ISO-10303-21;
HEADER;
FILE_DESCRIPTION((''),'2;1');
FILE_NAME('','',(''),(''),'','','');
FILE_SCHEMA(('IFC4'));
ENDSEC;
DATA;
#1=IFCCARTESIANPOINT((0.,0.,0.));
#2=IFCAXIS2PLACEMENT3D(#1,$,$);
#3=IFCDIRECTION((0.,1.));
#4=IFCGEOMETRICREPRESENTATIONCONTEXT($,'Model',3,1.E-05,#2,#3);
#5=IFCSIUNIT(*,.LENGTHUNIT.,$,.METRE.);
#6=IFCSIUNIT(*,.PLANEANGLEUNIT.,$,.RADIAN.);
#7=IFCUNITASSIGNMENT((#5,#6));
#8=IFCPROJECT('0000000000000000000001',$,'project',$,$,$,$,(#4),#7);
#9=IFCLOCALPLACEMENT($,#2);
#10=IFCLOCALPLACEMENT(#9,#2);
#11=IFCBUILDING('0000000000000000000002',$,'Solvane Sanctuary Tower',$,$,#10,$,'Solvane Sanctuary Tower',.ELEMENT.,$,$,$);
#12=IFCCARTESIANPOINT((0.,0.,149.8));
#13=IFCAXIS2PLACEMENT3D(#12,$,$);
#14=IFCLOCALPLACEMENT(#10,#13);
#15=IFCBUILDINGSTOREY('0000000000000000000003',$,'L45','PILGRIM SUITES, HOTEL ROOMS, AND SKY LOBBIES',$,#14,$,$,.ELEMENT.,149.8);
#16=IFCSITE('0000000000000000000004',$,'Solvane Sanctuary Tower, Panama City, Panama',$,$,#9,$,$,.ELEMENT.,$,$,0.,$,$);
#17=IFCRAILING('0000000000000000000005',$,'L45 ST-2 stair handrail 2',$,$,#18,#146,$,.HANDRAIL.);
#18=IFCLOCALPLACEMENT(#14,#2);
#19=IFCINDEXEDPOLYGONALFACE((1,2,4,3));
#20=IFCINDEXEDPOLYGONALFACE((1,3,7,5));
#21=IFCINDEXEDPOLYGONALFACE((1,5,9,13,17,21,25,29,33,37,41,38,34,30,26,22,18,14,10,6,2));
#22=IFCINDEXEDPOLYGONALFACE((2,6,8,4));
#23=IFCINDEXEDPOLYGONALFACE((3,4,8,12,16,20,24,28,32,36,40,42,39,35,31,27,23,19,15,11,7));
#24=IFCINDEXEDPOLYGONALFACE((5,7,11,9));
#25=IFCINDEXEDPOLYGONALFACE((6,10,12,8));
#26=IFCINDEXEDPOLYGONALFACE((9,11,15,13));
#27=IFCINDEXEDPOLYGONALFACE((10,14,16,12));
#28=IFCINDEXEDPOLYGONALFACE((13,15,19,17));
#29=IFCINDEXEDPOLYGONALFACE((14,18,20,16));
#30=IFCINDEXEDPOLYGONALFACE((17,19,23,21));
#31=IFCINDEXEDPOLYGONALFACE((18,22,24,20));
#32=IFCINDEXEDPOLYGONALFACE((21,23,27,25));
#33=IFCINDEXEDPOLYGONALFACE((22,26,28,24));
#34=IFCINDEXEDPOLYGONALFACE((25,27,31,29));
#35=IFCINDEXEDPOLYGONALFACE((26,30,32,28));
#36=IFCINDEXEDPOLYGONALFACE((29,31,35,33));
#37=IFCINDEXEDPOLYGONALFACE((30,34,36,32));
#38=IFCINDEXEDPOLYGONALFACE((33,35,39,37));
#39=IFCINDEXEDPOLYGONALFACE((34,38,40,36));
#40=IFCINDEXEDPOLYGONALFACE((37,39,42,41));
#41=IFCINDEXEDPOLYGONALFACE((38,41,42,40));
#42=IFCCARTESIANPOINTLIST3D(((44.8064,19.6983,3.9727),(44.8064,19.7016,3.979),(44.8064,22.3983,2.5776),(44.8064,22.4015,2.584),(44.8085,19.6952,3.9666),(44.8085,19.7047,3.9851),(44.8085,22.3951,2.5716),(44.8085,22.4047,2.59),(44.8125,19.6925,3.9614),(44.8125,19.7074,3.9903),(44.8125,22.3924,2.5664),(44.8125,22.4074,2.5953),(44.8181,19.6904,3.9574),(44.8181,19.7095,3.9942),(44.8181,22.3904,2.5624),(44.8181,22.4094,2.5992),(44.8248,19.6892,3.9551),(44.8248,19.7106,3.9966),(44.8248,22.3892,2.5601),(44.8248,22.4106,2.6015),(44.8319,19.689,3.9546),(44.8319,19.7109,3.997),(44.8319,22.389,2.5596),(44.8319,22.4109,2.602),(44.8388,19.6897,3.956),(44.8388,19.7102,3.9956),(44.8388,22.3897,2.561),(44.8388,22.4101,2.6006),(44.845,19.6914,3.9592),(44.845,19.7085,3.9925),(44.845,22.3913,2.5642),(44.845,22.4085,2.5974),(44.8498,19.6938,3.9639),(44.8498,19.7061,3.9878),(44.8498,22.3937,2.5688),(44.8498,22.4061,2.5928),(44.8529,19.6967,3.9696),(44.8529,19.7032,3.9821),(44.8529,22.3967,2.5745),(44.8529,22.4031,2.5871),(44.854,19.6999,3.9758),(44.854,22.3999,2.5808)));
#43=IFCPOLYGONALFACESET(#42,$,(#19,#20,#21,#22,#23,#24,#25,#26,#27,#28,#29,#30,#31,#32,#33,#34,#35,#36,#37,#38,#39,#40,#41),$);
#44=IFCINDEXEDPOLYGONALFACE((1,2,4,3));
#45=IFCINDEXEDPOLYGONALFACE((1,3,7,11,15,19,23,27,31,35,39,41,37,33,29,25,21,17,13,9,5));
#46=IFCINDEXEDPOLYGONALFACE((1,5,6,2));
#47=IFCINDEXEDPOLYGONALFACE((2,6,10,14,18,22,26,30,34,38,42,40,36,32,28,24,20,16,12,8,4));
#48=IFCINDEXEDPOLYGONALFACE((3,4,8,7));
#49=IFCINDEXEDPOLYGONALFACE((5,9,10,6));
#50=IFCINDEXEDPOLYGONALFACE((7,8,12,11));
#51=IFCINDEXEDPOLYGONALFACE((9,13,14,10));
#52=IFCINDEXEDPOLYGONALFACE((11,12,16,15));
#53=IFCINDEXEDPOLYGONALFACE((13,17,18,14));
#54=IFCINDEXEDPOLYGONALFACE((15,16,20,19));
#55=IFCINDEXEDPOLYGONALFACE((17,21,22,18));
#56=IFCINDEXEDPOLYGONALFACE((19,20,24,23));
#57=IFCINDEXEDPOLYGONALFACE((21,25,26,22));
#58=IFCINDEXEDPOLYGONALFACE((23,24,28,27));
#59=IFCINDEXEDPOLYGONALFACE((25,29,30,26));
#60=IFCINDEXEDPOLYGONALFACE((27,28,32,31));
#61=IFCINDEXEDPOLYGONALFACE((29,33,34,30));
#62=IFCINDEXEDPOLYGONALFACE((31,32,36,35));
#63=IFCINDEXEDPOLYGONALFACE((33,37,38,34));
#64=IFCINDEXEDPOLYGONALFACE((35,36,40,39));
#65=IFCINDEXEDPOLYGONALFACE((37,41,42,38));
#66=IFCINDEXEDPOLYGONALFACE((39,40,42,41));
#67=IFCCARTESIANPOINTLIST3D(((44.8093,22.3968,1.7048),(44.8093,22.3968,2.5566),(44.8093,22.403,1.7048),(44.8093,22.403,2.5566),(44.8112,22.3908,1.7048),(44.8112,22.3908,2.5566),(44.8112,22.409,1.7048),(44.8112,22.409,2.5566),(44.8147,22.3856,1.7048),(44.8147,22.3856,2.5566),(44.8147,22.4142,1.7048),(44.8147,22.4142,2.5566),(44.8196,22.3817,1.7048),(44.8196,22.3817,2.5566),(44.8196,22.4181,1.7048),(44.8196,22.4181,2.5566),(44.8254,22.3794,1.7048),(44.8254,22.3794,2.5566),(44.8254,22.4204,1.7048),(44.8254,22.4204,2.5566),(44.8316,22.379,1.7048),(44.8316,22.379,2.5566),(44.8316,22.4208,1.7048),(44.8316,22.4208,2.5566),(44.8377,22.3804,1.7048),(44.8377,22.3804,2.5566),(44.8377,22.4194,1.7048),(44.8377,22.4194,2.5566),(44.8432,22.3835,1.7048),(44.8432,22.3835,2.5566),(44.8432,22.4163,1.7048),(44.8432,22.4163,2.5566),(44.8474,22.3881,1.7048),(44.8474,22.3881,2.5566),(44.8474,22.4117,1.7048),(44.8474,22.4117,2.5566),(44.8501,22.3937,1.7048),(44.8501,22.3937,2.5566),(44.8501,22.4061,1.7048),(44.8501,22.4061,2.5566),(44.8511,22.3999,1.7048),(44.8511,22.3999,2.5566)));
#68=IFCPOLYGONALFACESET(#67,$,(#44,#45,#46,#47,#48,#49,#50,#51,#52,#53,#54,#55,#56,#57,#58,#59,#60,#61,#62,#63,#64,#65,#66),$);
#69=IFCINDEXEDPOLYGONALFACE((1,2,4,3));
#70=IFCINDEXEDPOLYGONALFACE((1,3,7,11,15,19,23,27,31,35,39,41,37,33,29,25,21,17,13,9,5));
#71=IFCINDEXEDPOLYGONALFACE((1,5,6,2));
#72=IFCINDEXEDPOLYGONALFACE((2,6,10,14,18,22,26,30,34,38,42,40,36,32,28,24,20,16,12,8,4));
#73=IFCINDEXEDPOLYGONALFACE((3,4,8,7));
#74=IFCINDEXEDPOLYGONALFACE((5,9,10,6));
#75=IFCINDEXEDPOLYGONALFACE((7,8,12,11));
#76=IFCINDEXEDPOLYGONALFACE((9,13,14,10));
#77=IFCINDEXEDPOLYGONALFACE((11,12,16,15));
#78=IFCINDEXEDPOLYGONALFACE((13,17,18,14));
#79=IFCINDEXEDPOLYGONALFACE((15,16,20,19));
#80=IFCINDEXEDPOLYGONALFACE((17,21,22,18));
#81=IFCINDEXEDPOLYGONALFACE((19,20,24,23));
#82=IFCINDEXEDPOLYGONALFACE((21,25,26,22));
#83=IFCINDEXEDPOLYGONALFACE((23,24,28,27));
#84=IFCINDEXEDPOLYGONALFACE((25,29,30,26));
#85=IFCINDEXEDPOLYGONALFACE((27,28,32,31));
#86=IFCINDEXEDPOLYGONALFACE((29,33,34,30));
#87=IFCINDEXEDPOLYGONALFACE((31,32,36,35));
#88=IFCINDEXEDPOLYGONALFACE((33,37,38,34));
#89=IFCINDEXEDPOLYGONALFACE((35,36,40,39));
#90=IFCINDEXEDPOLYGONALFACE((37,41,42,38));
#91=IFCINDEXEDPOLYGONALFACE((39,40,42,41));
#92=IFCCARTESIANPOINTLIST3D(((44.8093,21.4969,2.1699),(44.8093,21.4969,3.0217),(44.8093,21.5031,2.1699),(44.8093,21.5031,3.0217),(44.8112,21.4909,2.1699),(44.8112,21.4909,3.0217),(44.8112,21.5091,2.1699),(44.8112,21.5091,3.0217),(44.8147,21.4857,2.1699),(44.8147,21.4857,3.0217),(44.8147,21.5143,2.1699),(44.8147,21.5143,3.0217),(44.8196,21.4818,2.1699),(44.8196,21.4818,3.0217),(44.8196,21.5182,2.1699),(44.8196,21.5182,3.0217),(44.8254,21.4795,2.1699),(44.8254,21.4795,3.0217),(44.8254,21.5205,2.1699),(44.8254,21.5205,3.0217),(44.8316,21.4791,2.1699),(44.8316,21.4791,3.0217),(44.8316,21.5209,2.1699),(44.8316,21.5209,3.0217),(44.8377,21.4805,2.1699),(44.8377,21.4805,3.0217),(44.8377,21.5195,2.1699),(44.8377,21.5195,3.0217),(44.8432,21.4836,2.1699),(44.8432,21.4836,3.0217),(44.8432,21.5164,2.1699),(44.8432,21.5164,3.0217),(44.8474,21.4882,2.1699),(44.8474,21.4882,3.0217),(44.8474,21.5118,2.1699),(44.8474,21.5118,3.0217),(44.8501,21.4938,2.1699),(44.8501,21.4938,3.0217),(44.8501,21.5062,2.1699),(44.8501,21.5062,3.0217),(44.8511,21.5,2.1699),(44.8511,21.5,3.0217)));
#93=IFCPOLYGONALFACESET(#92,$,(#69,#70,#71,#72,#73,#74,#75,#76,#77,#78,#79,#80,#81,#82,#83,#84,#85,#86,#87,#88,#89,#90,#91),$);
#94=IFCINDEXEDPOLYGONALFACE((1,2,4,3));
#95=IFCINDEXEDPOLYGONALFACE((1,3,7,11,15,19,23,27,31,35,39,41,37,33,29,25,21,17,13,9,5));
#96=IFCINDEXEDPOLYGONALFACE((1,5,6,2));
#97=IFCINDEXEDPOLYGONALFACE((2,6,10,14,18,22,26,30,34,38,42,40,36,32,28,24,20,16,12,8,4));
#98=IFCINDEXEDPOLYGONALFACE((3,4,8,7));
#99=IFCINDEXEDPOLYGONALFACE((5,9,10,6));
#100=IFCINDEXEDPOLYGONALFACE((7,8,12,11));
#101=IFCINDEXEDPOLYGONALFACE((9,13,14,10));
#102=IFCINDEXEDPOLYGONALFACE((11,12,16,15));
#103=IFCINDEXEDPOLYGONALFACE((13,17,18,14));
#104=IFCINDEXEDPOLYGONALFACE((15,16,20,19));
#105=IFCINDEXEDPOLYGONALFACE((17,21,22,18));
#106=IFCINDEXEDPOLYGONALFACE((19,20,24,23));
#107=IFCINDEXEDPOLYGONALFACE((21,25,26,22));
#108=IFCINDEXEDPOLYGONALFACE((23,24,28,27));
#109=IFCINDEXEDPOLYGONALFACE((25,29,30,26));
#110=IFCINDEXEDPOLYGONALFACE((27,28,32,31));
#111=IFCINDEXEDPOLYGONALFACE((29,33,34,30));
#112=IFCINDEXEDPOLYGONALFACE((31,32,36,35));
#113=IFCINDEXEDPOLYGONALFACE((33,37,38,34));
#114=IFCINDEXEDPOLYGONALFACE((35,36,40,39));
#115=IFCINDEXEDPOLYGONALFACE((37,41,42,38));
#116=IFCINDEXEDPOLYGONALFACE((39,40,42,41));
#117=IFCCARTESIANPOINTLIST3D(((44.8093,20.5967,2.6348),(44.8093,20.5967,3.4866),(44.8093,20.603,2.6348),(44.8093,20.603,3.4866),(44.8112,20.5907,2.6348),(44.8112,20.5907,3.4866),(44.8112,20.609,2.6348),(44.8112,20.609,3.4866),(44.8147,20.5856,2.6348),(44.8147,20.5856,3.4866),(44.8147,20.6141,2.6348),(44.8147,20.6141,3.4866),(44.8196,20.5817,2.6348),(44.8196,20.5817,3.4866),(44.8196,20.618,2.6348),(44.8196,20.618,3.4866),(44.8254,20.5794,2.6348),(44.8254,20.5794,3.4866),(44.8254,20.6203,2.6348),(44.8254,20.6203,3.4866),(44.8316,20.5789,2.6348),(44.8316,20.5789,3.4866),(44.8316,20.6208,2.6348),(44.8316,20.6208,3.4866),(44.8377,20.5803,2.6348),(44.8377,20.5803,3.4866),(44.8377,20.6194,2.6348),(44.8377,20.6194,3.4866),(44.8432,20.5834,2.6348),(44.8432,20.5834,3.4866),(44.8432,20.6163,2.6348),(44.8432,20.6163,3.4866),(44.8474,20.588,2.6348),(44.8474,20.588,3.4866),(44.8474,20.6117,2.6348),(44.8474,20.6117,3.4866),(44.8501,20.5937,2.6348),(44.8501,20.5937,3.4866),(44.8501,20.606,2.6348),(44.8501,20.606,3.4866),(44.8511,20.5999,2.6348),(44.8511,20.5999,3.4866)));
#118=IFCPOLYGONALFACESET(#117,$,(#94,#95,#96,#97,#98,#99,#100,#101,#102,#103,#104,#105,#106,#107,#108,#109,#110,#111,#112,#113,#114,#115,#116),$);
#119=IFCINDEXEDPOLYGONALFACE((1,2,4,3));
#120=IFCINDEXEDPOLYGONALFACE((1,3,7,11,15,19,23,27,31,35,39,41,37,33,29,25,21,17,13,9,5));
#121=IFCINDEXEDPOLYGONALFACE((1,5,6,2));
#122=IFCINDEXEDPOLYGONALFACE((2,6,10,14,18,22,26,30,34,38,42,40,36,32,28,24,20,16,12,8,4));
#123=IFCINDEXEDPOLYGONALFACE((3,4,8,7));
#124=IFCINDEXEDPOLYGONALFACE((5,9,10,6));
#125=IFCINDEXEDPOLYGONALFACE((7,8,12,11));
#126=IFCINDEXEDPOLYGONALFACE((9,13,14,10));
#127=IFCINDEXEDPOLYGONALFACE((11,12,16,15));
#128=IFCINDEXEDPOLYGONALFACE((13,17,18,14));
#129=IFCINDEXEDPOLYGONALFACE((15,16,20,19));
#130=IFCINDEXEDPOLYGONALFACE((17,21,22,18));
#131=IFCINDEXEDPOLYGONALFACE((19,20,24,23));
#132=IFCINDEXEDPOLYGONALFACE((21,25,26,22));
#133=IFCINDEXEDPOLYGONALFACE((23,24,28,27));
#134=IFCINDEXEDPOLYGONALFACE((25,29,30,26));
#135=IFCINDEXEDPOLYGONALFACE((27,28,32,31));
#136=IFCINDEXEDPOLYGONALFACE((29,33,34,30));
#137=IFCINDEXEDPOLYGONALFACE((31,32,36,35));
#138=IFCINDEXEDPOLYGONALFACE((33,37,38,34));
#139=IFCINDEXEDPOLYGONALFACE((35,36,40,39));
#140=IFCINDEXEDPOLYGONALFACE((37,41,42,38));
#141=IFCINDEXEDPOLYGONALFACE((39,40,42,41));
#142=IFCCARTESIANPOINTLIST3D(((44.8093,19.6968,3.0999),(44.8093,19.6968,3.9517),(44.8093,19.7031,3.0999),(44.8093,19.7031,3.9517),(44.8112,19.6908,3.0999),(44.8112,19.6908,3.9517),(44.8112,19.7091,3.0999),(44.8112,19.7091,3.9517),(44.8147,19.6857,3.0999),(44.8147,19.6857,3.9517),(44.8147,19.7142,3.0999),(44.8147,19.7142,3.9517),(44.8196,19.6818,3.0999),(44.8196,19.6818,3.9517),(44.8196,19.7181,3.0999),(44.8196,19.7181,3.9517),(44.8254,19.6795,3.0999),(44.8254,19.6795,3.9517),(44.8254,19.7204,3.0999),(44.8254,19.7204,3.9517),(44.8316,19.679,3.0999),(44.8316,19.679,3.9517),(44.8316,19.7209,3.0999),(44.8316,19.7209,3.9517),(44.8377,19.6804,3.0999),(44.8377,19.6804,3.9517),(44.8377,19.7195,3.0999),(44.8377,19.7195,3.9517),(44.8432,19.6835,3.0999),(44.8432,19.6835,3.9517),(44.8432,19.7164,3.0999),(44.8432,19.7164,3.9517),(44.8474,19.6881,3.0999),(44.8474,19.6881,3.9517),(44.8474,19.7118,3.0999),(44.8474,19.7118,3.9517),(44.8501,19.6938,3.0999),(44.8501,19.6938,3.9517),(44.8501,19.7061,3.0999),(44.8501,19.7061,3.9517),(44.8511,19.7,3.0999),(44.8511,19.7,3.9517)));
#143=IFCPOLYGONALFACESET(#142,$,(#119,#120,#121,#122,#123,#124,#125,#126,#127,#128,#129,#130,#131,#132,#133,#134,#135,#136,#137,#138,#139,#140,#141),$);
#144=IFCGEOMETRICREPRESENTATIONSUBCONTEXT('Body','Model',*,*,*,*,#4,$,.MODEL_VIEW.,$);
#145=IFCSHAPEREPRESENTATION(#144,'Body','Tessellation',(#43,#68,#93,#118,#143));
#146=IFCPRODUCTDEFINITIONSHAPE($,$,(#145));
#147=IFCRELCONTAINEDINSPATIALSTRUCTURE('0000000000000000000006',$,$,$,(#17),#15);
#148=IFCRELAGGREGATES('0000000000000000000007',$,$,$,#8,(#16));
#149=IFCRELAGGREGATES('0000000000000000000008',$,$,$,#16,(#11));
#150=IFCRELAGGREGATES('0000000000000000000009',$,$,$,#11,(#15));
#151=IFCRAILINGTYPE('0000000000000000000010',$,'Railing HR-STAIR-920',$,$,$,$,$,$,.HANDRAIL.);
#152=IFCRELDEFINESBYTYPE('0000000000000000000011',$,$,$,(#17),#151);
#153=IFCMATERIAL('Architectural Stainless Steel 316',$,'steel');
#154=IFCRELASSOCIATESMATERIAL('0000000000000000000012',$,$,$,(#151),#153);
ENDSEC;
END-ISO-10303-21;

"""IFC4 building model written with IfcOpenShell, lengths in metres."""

from ifc_helpers import new_model, si_unit, direction, frame, origin, origin_2d, place, context, subcontext, project, spatial, circle, extrude, material, type_object, element, save


model = new_model("IFC4")

# Units and contexts
model_context = context("Model", 3, precision=1e-05, world=origin(), true_north=direction((0.0, 1.0)))
body_context = subcontext(model_context, "Body", "Model", "MODEL_VIEW")
ifc_project = project(units=[si_unit("LENGTHUNIT", "METRE"), si_unit("PLANEANGLEUNIT", "RADIAN")], contexts=[model_context])

# Site, building, storey
site_placement = place(None, origin())
site = spatial("IfcSite", under=ifc_project, at=site_placement, Name="Solvane Sanctuary Tower, Panama City, Panama", CompositionType="ELEMENT", RefElevation=0.0)
building_placement = place(site_placement, origin())
building = spatial("IfcBuilding", under=site, at=building_placement, Name="Solvane Sanctuary Tower", LongName="Solvane Sanctuary Tower", CompositionType="ELEMENT")
storey_placement = place(building_placement, frame((0.0, 0.0, 149.8)))
storey = spatial("IfcBuildingStorey", under=building, at=storey_placement, Name="L45", Description="PILGRIM SUITES, HOTEL ROOMS, AND SKY LOBBIES", CompositionType="ELEMENT", Elevation=149.8)

# Shared definitions
ifc_material_1 = material(Name="Architectural Stainless Steel 316", Category="steel")

# Railing
railing_type_1 = type_object("IfcRailingType", Name="Railing HR-STAIR-920", PredefinedType="HANDRAIL", material=ifc_material_1)
railing_1_placement = place(storey_placement, frame((44.8301, 22.3999, 1.7048)))
element("IfcRailing", 1, at=railing_1_placement, inside=storey, type_object=railing_type_1, Name="L45 ST-2 stair handrail 2", PredefinedType="HANDRAIL", context=body_context, shape_type="SweptSolid", body=[
    extrude(circle(Radius=0.0239, at=origin_2d()), frame((0.0, 0.0, 0.876), z_axis=(0.0, -0.88842, 0.459032), x_axis=(1.0, 0.0, 0.0)), (0.0, 0.0, 1.0), 3.0391),
    extrude(circle(Radius=0.021, at=origin_2d()), origin(), (0.0, 0.0, 1.0), 0.8518),
    extrude(circle(Radius=0.021, at=origin_2d()), frame((0.0, -0.8999, 0.4651)), (0.0, 0.0, 1.0), 0.8518),
    extrude(circle(Radius=0.021, at=origin_2d()), frame((0.0, -1.8, 0.9299)), (0.0, 0.0, 1.0), 0.8518),
    extrude(circle(Radius=0.021, at=origin_2d()), frame((0.0, -2.7, 1.395)), (0.0, 0.0, 1.0), 0.8518),
])

save(model, "model.ifc")
